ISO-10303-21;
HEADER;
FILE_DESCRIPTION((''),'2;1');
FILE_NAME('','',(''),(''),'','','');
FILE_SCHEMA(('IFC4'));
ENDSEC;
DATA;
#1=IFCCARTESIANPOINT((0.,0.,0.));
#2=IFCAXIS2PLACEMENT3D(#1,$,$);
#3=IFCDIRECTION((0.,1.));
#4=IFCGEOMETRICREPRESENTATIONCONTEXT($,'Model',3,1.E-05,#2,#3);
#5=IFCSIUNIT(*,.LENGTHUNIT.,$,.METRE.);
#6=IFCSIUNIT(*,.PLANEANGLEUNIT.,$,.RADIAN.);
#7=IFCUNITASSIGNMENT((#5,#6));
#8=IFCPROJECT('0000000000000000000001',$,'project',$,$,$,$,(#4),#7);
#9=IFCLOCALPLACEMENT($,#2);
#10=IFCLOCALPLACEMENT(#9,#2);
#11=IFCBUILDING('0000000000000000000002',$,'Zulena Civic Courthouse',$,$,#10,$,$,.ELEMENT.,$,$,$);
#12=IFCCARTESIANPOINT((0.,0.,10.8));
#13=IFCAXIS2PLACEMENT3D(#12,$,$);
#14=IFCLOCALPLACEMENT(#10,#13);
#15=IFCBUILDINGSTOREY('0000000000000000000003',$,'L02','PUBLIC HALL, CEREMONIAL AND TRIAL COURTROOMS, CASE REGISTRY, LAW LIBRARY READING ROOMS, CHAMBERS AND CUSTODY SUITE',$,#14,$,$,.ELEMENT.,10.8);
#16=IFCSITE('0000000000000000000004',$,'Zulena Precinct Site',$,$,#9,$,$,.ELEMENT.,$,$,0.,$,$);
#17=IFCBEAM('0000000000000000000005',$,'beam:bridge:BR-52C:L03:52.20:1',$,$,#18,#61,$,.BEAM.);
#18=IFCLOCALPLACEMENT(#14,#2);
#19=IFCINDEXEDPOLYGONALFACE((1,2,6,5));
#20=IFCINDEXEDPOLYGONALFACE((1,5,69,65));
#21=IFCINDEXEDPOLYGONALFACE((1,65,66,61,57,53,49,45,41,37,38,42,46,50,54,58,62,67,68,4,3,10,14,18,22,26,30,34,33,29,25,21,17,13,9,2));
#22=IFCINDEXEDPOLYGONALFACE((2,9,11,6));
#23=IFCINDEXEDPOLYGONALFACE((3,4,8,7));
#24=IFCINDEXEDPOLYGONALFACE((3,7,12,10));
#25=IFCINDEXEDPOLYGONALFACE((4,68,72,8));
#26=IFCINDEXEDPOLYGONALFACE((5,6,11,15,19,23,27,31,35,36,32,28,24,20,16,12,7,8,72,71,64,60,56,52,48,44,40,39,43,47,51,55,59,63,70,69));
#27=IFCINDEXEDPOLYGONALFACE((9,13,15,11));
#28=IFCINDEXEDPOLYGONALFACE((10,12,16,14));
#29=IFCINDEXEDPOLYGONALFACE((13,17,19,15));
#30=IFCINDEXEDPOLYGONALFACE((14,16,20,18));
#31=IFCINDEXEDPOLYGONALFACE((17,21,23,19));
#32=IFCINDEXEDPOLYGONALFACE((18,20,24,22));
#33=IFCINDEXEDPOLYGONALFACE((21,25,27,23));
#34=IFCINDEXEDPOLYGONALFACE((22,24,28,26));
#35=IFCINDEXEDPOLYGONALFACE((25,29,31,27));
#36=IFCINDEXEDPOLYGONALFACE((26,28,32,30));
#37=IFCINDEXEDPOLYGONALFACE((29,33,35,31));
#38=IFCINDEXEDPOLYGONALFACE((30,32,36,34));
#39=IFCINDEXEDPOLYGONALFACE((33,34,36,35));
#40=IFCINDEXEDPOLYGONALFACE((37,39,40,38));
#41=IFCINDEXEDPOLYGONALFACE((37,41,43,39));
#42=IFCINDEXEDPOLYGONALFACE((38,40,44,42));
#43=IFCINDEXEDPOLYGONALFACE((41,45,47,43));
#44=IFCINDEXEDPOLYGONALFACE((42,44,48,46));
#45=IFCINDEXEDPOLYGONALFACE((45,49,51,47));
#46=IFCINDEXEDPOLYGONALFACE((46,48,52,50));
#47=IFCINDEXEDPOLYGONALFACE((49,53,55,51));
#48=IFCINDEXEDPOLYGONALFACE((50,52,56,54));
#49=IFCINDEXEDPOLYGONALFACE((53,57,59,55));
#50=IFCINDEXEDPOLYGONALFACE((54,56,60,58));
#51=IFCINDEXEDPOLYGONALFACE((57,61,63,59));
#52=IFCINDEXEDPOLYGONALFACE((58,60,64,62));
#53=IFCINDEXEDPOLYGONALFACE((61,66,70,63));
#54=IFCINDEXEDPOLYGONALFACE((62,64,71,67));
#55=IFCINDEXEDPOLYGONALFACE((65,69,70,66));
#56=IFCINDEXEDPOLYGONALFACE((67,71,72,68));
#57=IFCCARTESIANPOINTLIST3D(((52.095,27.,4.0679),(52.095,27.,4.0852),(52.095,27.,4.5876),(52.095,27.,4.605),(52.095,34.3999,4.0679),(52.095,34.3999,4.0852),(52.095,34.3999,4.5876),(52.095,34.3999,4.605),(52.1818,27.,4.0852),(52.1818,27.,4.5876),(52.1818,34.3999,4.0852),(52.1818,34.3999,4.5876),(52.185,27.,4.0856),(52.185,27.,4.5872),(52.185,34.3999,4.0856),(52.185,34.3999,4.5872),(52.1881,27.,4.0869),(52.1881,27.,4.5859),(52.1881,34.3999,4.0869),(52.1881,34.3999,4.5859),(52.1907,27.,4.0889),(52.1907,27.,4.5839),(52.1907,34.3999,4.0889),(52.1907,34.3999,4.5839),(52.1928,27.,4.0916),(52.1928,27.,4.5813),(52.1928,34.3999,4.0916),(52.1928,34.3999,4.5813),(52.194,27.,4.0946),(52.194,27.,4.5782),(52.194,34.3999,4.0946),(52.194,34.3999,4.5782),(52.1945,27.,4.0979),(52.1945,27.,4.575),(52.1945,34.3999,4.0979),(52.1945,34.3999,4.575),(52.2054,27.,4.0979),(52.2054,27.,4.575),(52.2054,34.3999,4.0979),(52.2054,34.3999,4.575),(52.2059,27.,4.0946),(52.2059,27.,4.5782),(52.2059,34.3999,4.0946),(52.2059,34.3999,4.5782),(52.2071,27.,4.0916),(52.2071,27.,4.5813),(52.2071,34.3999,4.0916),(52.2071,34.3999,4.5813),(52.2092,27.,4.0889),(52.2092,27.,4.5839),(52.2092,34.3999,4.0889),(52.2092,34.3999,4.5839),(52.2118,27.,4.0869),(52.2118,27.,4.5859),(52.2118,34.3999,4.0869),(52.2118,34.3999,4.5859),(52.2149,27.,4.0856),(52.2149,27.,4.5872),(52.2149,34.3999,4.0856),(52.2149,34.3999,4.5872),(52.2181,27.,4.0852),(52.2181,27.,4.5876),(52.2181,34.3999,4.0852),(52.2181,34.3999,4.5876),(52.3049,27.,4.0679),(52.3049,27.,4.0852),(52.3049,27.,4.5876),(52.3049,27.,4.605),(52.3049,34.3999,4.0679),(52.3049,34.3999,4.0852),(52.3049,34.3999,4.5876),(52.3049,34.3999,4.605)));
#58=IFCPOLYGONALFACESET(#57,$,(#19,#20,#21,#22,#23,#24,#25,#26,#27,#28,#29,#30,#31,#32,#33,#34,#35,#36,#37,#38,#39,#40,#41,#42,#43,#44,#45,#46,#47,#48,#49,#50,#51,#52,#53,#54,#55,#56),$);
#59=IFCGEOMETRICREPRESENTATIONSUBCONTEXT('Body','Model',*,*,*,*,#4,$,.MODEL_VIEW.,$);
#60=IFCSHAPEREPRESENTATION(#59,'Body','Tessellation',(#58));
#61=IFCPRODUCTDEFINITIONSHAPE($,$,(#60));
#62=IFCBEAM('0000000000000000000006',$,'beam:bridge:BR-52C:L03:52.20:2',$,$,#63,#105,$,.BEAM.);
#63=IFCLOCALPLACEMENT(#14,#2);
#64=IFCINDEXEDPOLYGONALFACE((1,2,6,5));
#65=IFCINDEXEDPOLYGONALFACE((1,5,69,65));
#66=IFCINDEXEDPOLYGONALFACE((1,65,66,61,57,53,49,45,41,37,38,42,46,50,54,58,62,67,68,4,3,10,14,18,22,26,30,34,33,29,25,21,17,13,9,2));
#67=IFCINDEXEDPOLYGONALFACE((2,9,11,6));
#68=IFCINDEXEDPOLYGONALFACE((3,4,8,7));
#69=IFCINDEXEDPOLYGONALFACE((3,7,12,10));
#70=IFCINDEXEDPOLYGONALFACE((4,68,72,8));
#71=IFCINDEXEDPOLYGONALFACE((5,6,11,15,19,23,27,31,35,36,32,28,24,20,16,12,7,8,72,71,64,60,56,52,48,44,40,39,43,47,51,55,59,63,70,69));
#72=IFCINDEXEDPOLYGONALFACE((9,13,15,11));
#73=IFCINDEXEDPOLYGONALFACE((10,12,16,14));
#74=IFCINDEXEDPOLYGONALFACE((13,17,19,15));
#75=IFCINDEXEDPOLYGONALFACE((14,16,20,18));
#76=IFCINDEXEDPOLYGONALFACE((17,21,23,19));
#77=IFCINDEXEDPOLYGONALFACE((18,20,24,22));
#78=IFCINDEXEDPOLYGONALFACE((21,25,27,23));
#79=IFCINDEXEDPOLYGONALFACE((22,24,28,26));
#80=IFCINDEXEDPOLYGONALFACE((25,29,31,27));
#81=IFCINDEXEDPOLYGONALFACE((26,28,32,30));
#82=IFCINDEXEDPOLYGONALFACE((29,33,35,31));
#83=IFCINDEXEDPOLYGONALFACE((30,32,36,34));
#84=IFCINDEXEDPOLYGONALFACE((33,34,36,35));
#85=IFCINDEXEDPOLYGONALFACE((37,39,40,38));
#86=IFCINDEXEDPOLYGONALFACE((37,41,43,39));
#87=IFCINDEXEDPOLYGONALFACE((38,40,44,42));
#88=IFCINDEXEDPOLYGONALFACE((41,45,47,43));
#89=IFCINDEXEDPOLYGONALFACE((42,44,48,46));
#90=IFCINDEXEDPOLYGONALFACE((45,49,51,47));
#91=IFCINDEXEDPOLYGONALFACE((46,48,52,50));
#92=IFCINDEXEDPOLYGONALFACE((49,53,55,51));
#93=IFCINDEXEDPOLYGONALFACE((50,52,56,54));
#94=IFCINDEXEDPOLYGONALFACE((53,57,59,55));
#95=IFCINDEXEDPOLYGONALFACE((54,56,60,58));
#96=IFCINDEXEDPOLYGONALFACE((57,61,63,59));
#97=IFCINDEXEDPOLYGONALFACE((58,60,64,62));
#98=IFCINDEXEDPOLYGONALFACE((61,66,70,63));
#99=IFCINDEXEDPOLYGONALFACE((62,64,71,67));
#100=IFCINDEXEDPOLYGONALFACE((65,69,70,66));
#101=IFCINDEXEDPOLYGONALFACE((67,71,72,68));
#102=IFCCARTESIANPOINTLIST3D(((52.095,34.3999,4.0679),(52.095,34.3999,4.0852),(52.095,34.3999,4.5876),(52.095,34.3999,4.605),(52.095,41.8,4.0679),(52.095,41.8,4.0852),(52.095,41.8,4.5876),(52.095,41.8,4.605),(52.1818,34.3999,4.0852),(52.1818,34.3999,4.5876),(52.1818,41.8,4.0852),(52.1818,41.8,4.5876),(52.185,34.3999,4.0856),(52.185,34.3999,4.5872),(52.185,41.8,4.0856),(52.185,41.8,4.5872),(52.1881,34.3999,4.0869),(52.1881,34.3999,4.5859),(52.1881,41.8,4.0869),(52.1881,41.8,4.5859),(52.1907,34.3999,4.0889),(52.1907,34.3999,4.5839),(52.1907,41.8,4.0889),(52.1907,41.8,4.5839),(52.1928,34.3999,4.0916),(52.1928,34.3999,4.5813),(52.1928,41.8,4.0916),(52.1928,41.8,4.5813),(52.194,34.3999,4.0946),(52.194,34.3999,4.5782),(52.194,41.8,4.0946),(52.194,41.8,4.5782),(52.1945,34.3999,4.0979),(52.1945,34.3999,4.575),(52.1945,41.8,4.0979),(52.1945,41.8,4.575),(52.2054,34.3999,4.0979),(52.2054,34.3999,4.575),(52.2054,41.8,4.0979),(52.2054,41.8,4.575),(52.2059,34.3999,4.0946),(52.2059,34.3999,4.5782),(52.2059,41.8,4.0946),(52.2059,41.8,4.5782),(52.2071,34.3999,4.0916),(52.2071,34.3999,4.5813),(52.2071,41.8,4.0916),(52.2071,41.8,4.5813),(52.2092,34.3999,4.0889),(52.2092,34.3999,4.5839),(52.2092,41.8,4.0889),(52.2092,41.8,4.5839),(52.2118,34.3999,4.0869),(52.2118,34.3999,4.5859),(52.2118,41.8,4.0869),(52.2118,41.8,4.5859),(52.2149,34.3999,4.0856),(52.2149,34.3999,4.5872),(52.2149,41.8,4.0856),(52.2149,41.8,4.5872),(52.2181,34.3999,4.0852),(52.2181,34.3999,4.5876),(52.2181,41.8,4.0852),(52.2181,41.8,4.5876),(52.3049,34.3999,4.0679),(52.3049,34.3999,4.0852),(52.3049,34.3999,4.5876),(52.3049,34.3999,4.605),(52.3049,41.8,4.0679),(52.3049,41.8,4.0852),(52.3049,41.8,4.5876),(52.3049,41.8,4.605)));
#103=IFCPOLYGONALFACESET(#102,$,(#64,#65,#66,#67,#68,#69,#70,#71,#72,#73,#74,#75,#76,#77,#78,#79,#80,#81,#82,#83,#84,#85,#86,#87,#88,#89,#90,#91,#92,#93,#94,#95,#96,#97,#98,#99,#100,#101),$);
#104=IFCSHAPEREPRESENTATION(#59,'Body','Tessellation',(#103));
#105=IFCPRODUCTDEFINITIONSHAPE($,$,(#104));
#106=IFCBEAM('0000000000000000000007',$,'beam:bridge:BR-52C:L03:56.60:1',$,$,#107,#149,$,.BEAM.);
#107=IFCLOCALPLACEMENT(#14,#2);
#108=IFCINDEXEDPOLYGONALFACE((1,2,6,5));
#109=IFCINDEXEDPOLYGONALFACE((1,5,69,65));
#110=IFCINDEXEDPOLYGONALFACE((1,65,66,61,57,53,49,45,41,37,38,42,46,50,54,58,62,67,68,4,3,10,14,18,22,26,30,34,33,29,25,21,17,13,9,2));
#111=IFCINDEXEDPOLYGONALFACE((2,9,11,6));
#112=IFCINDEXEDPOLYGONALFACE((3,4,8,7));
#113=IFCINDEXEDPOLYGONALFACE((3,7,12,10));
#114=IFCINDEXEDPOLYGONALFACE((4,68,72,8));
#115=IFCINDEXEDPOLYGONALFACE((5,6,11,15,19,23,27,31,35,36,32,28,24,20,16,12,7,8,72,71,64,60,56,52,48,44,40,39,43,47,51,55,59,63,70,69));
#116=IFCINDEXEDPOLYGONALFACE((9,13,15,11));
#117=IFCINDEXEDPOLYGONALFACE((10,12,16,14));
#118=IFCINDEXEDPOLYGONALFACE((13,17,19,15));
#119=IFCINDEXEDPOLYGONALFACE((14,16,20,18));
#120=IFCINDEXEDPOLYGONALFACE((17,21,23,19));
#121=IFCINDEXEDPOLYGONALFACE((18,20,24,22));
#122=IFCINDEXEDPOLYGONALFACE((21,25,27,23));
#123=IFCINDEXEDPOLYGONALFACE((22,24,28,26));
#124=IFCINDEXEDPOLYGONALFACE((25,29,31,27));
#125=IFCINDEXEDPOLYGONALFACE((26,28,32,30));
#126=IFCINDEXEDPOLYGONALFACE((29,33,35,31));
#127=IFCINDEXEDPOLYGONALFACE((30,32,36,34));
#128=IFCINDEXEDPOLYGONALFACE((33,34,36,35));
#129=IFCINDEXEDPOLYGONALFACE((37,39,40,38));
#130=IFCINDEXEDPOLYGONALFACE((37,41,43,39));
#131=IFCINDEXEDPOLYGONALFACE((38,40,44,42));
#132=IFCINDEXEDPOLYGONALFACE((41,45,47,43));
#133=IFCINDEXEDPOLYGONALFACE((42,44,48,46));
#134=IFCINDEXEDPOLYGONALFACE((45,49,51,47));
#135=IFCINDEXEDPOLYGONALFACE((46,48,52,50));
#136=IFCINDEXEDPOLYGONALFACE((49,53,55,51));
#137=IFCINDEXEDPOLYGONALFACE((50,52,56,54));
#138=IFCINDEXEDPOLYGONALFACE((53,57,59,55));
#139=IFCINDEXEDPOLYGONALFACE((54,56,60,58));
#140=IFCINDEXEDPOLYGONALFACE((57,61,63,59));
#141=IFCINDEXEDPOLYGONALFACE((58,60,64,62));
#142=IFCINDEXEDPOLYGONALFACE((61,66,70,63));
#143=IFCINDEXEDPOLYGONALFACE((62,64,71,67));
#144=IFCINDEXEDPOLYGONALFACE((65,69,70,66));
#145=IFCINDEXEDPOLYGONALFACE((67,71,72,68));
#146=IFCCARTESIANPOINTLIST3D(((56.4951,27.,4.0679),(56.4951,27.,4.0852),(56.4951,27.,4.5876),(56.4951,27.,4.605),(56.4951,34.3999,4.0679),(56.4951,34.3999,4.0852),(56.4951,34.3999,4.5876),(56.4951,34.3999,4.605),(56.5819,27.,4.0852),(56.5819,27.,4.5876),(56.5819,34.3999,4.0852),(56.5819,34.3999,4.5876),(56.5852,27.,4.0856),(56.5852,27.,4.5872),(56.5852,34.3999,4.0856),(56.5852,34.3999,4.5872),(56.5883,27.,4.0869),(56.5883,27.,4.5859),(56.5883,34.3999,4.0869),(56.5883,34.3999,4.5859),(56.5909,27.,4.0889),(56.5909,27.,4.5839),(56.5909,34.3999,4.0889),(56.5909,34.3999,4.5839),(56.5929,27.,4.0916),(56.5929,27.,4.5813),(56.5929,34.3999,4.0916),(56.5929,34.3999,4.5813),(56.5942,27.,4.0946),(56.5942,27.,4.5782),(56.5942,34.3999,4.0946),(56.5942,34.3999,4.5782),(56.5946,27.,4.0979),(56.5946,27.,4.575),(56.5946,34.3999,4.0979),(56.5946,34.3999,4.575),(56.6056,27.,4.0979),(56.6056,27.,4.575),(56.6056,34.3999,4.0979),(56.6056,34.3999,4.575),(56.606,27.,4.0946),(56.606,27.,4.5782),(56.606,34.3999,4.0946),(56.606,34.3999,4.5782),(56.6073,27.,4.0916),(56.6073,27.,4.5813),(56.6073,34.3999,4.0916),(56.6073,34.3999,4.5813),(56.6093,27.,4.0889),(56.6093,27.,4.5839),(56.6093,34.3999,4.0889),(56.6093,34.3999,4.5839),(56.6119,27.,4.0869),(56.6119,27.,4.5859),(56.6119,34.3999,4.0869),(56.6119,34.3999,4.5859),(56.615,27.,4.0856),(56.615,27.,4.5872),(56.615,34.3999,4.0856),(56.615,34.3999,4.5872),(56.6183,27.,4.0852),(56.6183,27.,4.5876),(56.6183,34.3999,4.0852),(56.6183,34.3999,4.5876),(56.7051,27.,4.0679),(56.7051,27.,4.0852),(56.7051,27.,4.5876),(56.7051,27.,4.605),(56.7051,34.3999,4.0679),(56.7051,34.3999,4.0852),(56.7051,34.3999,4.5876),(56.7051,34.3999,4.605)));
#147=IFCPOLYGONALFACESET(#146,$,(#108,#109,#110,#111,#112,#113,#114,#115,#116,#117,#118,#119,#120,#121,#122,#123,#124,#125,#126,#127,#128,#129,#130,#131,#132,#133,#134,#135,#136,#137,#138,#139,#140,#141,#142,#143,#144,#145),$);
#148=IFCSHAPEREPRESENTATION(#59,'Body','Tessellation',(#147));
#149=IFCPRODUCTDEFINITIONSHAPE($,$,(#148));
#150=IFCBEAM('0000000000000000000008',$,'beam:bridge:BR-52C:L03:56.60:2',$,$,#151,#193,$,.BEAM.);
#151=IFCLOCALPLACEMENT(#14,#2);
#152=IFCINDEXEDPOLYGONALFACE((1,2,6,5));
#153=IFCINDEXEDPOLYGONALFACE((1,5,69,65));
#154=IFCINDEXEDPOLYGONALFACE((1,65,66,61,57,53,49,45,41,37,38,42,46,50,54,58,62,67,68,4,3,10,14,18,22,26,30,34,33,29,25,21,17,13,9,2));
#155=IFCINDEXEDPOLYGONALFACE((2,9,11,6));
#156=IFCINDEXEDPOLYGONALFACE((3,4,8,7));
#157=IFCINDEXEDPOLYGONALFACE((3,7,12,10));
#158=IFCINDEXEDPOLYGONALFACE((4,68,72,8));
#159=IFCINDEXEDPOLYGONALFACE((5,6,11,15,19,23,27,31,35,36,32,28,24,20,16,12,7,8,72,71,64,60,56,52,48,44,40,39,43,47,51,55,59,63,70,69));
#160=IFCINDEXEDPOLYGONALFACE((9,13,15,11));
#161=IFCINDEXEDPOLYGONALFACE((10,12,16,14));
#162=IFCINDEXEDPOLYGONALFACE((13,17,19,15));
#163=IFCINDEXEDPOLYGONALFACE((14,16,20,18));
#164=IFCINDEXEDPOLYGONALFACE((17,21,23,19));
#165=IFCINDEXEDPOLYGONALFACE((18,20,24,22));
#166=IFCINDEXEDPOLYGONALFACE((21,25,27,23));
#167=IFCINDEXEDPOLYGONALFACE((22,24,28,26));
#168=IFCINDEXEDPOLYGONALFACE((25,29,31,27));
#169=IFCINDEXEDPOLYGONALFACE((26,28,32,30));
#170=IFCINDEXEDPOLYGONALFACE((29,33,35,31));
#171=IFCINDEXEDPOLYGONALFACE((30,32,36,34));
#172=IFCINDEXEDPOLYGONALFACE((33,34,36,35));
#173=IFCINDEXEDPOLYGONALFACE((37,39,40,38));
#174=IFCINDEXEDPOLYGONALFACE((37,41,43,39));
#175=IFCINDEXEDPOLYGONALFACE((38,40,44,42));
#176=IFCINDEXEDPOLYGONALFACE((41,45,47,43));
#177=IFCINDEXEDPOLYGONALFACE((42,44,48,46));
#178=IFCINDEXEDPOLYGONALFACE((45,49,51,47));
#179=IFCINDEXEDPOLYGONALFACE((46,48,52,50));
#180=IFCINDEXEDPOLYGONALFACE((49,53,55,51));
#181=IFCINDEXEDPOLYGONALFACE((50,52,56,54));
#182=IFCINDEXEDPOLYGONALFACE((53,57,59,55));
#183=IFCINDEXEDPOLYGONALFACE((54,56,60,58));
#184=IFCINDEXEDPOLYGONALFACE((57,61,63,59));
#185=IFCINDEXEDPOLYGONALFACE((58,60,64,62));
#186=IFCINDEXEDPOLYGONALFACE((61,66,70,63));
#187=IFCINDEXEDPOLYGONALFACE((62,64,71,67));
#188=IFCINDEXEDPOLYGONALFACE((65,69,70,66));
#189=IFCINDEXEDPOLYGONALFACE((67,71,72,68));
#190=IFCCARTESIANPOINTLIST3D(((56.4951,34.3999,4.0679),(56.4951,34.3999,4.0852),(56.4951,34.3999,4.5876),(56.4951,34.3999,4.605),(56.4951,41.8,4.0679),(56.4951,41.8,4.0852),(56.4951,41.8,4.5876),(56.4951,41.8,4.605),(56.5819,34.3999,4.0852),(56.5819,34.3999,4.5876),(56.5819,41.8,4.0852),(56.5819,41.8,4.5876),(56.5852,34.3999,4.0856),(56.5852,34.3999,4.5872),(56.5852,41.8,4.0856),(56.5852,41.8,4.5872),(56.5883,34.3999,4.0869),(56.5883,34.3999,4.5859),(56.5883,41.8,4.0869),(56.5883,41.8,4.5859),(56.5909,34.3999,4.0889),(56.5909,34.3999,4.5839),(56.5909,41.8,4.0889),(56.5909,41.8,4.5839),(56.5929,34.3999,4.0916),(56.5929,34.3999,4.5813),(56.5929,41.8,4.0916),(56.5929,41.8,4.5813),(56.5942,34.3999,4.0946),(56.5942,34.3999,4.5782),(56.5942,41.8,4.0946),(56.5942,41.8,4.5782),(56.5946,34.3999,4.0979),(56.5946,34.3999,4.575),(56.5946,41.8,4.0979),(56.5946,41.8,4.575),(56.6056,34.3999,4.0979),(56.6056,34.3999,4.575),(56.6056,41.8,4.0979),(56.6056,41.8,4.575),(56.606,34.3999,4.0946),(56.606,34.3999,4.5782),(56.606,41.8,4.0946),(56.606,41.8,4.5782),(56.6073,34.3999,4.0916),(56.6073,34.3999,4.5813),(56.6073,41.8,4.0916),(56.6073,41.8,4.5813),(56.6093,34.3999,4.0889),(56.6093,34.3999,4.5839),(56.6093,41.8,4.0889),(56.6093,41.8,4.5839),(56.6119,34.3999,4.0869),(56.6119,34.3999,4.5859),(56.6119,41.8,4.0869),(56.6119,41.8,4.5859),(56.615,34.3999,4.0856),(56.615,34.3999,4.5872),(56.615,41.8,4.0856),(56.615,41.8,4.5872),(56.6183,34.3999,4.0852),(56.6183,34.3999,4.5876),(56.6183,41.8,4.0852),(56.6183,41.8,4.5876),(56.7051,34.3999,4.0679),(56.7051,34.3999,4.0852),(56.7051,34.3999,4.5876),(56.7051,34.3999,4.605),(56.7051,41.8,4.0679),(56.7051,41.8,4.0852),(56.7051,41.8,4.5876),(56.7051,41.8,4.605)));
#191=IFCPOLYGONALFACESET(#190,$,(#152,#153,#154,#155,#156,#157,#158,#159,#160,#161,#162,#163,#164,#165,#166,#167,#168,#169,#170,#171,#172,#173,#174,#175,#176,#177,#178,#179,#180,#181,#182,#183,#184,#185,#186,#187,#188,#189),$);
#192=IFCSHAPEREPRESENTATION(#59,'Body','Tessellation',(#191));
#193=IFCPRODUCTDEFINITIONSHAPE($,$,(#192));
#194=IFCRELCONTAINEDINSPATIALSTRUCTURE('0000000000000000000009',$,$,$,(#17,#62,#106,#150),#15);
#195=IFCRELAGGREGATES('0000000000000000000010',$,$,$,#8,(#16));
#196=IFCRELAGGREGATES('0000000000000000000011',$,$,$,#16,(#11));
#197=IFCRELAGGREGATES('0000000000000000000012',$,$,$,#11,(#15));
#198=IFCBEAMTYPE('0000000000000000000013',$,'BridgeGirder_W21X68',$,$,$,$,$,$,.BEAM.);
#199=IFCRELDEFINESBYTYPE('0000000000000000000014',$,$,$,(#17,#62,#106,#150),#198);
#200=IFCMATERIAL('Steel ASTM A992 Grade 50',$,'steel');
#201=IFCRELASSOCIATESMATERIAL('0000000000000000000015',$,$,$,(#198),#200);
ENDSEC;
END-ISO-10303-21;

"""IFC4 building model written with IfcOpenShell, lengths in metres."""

from ifc_helpers import new_model, si_unit, direction, frame, origin, origin_2d, place, context, subcontext, project, spatial, i_section, extrude, material, material_profile, profile_set, type_object, element, save


model = new_model("IFC4")

# Units and contexts
model_context = context("Model", 3, precision=1e-05, world=origin(), true_north=direction((0.0, 1.0)))
body_context = subcontext(model_context, "Body", "Model", "MODEL_VIEW")
ifc_project = project(units=[si_unit("LENGTHUNIT", "METRE"), si_unit("PLANEANGLEUNIT", "RADIAN")], contexts=[model_context])

# Site, building, storey
site_placement = place(None, origin())
site = spatial("IfcSite", under=ifc_project, at=site_placement, Name="Zulena Precinct Site", CompositionType="ELEMENT", RefElevation=0.0)
building_placement = place(site_placement, origin())
building = spatial("IfcBuilding", under=site, at=building_placement, Name="Zulena Civic Courthouse", CompositionType="ELEMENT")
storey_placement = place(building_placement, frame((0.0, 0.0, 10.8)))
storey = spatial("IfcBuildingStorey", under=building, at=storey_placement, Name="L02", Description="PUBLIC HALL, CEREMONIAL AND TRIAL COURTROOMS, CASE REGISTRY, LAW LIBRARY READING ROOMS, CHAMBERS AND CUSTODY SUITE", CompositionType="ELEMENT", Elevation=10.8)

# Shared definitions
ifc_material_1 = material(Name="Steel ASTM A992 Grade 50", Category="steel")

# Beams
ifc_material_profile_1 = material_profile(ifc_material_1, i_section(OverallWidth=0.21, OverallDepth=0.5371, WebThickness=0.011, FlangeThickness=0.0173, FilletRadius=0.0127, at=origin_2d()), Name="W21X68")
ifc_profile_set_1 = profile_set([ifc_material_profile_1], Name="Steel ASTM A992 Grade 50")
beam_type_1 = type_object("IfcBeamType", Name="BridgeGirder_W21X68", PredefinedType="BEAM", material=ifc_profile_set_1)
beam_1_placement = place(storey_placement, frame((52.2, 27.0, 4.3364), z_axis=(0.0, 1.0, 0.0), x_axis=(-1.0, 0.0, 0.0)))
element("IfcBeam", 1, at=beam_1_placement, inside=storey, type_object=beam_type_1, Name="beam:bridge:BR-52C:L03:52.20:1", PredefinedType="BEAM", context=body_context, shape_type="SweptSolid", body=[
    extrude(i_section(OverallWidth=0.21, OverallDepth=0.5371, WebThickness=0.011, FlangeThickness=0.0173, FilletRadius=0.0127, at=origin_2d()), origin(), (0.0, 0.0, 1.0), 7.3999),
])
beam_2_placement = place(storey_placement, frame((52.2, 34.3999, 4.3364), z_axis=(0.0, 1.0, 0.0), x_axis=(-1.0, 0.0, 0.0)))
element("IfcBeam", 2, at=beam_2_placement, inside=storey, type_object=beam_type_1, Name="beam:bridge:BR-52C:L03:52.20:2", PredefinedType="BEAM", context=body_context, shape_type="SweptSolid", body=[
    extrude(i_section(OverallWidth=0.21, OverallDepth=0.5371, WebThickness=0.011, FlangeThickness=0.0173, FilletRadius=0.0127, at=origin_2d()), origin(), (0.0, 0.0, 1.0), 7.4001),
])
beam_3_placement = place(storey_placement, frame((56.6001, 27.0, 4.3364), z_axis=(0.0, 1.0, 0.0), x_axis=(-1.0, 0.0, 0.0)))
element("IfcBeam", 3, at=beam_3_placement, inside=storey, type_object=beam_type_1, Name="beam:bridge:BR-52C:L03:56.60:1", PredefinedType="BEAM", context=body_context, shape_type="SweptSolid", body=[
    extrude(i_section(OverallWidth=0.21, OverallDepth=0.5371, WebThickness=0.011, FlangeThickness=0.0173, FilletRadius=0.0127, at=origin_2d()), origin(), (0.0, 0.0, 1.0), 7.3999),
])
beam_4_placement = place(storey_placement, frame((56.6001, 34.3999, 4.3364), z_axis=(0.0, 1.0, 0.0), x_axis=(-1.0, 0.0, 0.0)))
element("IfcBeam", 4, at=beam_4_placement, inside=storey, type_object=beam_type_1, Name="beam:bridge:BR-52C:L03:56.60:2", PredefinedType="BEAM", context=body_context, shape_type="SweptSolid", body=[
    extrude(i_section(OverallWidth=0.21, OverallDepth=0.5371, WebThickness=0.011, FlangeThickness=0.0173, FilletRadius=0.0127, at=origin_2d()), origin(), (0.0, 0.0, 1.0), 7.4001),
])

save(model, "model.ifc")
